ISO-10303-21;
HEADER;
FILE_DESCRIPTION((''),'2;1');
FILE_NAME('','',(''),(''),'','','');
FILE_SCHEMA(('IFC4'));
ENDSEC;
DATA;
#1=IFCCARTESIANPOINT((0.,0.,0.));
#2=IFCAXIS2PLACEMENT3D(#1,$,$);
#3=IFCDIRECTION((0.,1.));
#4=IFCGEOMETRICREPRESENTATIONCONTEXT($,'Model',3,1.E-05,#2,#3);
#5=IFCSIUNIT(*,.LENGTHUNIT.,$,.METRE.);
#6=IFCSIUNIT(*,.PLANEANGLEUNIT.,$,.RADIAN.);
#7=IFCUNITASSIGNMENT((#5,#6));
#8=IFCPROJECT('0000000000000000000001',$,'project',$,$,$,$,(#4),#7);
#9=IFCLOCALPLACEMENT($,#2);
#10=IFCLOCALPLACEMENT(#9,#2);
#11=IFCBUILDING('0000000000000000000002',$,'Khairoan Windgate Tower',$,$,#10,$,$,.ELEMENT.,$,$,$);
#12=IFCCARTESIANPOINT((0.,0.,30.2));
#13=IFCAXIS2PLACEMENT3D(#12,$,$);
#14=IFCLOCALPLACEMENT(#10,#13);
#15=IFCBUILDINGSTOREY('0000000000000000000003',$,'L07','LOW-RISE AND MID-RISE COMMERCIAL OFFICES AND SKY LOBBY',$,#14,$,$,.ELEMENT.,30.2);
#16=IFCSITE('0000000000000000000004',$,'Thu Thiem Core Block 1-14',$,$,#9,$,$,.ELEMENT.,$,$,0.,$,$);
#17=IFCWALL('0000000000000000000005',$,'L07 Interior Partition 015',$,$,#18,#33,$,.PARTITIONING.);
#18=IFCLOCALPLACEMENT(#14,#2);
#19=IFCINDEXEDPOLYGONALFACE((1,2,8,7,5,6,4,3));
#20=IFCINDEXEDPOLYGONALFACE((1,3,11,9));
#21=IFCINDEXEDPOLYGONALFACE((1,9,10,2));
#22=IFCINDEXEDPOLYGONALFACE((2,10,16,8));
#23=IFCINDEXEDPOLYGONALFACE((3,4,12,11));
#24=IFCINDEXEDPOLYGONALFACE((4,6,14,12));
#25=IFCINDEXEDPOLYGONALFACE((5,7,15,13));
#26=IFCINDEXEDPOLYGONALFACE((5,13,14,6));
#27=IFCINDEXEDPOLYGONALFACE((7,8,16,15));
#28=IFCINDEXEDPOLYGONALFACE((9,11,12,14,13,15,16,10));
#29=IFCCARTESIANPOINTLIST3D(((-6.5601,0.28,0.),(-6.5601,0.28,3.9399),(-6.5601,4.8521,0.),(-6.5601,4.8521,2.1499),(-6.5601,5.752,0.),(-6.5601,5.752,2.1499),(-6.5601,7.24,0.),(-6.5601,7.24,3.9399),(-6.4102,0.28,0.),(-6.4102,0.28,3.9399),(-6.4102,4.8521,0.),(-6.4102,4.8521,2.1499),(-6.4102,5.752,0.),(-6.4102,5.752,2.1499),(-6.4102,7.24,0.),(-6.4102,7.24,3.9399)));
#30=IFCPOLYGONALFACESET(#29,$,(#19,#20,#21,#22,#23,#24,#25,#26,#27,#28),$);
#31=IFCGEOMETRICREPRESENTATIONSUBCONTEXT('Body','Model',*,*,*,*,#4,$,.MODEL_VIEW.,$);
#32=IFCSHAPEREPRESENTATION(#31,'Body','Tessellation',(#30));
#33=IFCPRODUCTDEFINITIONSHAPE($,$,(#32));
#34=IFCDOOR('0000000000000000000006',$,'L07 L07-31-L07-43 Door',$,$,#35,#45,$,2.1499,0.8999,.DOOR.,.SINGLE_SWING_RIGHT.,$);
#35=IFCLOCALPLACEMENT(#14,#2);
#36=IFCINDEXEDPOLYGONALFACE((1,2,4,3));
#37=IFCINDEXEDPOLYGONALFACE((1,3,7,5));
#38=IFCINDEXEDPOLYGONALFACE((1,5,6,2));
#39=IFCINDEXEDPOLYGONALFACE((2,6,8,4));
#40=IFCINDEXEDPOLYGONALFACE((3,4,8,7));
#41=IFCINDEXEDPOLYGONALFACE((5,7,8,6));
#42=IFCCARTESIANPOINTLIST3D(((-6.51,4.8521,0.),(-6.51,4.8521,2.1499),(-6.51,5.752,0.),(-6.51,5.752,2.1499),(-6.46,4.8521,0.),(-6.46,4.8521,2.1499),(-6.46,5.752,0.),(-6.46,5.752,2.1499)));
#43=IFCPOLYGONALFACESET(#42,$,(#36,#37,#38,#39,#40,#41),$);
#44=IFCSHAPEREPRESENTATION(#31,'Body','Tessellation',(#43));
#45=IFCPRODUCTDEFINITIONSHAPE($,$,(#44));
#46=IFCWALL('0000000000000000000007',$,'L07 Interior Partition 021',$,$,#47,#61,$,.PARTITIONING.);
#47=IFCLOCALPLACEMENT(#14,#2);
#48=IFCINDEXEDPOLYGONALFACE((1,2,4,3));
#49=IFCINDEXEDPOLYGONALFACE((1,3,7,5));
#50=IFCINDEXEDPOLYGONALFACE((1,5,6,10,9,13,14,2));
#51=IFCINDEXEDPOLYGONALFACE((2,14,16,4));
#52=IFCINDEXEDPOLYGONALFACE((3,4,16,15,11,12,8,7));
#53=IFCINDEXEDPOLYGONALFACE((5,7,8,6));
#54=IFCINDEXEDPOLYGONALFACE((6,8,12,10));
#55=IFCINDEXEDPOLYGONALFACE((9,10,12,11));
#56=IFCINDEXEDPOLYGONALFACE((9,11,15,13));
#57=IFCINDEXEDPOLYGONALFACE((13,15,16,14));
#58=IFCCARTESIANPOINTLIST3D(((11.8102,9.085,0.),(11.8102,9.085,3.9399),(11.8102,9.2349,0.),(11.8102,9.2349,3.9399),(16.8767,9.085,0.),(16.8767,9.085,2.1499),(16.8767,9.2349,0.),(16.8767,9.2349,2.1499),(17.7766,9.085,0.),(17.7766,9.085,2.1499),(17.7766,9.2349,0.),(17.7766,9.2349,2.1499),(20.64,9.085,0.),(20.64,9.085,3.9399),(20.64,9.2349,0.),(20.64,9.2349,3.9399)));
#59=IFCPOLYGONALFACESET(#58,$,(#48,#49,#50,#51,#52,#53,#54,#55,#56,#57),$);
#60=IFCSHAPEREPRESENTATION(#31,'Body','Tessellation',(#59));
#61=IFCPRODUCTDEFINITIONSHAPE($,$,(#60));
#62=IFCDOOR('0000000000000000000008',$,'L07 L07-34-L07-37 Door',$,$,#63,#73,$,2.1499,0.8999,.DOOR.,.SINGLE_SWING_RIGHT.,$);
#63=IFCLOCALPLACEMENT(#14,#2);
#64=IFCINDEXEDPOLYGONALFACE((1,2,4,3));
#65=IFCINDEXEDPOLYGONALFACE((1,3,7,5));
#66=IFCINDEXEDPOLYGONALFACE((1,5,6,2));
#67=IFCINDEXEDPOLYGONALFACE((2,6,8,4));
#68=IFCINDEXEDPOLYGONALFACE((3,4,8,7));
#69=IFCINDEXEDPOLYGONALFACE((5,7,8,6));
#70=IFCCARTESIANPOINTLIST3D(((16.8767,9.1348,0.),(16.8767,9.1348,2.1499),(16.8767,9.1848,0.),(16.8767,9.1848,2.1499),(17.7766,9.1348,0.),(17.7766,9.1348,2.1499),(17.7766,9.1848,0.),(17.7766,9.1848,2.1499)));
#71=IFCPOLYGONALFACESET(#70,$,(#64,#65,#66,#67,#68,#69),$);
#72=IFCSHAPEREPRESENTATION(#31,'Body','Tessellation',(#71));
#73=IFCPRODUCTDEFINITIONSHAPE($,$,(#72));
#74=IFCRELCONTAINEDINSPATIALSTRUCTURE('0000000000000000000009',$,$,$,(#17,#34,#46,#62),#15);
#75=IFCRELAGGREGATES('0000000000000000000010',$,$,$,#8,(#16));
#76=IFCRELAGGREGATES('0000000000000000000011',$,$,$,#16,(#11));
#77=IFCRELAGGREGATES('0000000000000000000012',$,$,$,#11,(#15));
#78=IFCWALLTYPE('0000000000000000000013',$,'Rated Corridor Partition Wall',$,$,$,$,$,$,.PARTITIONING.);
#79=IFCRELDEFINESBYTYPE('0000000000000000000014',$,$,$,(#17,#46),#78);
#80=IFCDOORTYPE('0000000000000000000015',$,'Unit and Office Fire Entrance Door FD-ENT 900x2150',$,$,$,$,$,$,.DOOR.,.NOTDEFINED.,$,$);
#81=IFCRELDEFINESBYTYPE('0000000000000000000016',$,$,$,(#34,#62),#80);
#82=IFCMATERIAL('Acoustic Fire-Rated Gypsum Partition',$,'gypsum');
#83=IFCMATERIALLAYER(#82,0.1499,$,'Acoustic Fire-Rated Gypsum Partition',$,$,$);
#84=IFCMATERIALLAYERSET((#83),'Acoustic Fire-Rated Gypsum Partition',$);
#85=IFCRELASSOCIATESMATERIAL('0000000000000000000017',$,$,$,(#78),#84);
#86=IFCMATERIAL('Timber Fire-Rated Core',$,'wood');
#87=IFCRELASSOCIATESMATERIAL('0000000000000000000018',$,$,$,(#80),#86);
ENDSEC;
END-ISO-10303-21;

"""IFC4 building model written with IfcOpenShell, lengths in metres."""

from ifc_helpers import new_model, si_unit, direction, frame, frame_2d, origin, place, context, subcontext, project, spatial, rectangle, extrude, material, layer, layer_set, type_object, element, fill, save


model = new_model("IFC4")

# Units and contexts
model_context = context("Model", 3, precision=1e-05, world=origin(), true_north=direction((0.0, 1.0)))
body_context = subcontext(model_context, "Body", "Model", "MODEL_VIEW")
ifc_project = project(units=[si_unit("LENGTHUNIT", "METRE"), si_unit("PLANEANGLEUNIT", "RADIAN")], contexts=[model_context])

# Site, building, storey
site_placement = place(None, origin())
site = spatial("IfcSite", under=ifc_project, at=site_placement, Name="Thu Thiem Core Block 1-14", CompositionType="ELEMENT", RefElevation=0.0)
building_placement = place(site_placement, origin())
building = spatial("IfcBuilding", under=site, at=building_placement, Name="Khairoan Windgate Tower", CompositionType="ELEMENT")
storey_placement = place(building_placement, frame((0.0, 0.0, 30.2)))
storey = spatial("IfcBuildingStorey", under=building, at=storey_placement, Name="L07", Description="LOW-RISE AND MID-RISE COMMERCIAL OFFICES AND SKY LOBBY", CompositionType="ELEMENT", Elevation=30.2)

# Walls, openings, doors
ifc_material_1 = material(Name="Acoustic Fire-Rated Gypsum Partition", Category="gypsum")
ifc_layer_1 = layer(ifc_material_1, 0.1499, Name="Acoustic Fire-Rated Gypsum Partition")
ifc_layer_set_1 = layer_set([ifc_layer_1], Name="Acoustic Fire-Rated Gypsum Partition")
wall_type_1 = type_object("IfcWallType", Name="Rated Corridor Partition Wall", PredefinedType="PARTITIONING", material=ifc_layer_set_1)
wall_1_placement = place(storey_placement, frame((-6.4851, 0.28, 0.0), z_axis=(0.0, 0.0, 1.0), x_axis=(0.0, 1.0, 0.0)))
wall_1 = element("IfcWall", 1, at=wall_1_placement, inside=storey, type_object=wall_type_1, Name="L07 Interior Partition 015", PredefinedType="PARTITIONING", context=body_context, shape_type="SweptSolid", body=[
    extrude(rectangle(XDim=6.96, YDim=0.1499, at=frame_2d((3.48, 0.0))), origin(), (0.0, 0.0, 1.0), 3.9399),
])
opening_1_placement = place(wall_1_placement, frame((4.572, 0.0, 0.0)))
opening_1 = element("IfcOpeningElement", 2, at=opening_1_placement, cuts=wall_1, PredefinedType="OPENING", context=body_context, shape_type="SweptSolid", body=[
    extrude(rectangle(XDim=0.8999, YDim=2.1499, at=frame_2d((0.45, 1.075))), frame((0.0, 0.085, 0.0), z_axis=(0.0, -1.0, 0.0), x_axis=(1.0, 0.0, 0.0)), (0.0, 0.0, 1.0), 0.1699),
])
ifc_material_2 = material(Name="Timber Fire-Rated Core", Category="wood")
door_type = type_object("IfcDoorType", Name="Unit and Office Fire Entrance Door FD-ENT 900x2150", OperationType="NOTDEFINED", PredefinedType="DOOR", material=ifc_material_2)
door_1_placement = place(opening_1_placement, origin())
door_1 = element("IfcDoor", 3, at=door_1_placement, inside=storey, type_object=door_type, Name="L07 L07-31-L07-43 Door", OperationType="SINGLE_SWING_RIGHT", OverallHeight=2.1499, OverallWidth=0.8999, PredefinedType="DOOR", context=body_context, shape_type="SweptSolid", body=[
    extrude(rectangle(XDim=0.8999, YDim=2.1499, at=frame_2d((0.45, 1.075))), frame((0.0, 0.0249, 0.0), z_axis=(0.0, -1.0, 0.0), x_axis=(1.0, 0.0, 0.0)), (0.0, 0.0, 1.0), 0.05),
])
fill(opening_1, door_1)
wall_2_placement = place(storey_placement, frame((11.8101, 9.1599, 0.0), z_axis=(0.0, 0.0, 1.0), x_axis=(1.0, 0.0, 0.0)))
wall_2 = element("IfcWall", 4, at=wall_2_placement, inside=storey, type_object=wall_type_1, Name="L07 Interior Partition 021", PredefinedType="PARTITIONING", context=body_context, shape_type="SweptSolid", body=[
    extrude(rectangle(XDim=8.8298, YDim=0.1499, at=frame_2d((4.415, 0.0))), origin(), (0.0, 0.0, 1.0), 3.9399),
])
opening_2_placement = place(wall_2_placement, frame((5.0667, 0.0, 0.0)))
opening_2 = element("IfcOpeningElement", 5, at=opening_2_placement, cuts=wall_2, PredefinedType="OPENING", context=body_context, shape_type="SweptSolid", body=[
    extrude(rectangle(XDim=0.8999, YDim=2.1499, at=frame_2d((0.45, 1.075))), frame((0.0, 0.085, 0.0), z_axis=(0.0, -1.0, 0.0), x_axis=(1.0, 0.0, 0.0)), (0.0, 0.0, 1.0), 0.1699),
])
door_2_placement = place(opening_2_placement, origin())
door_2 = element("IfcDoor", 6, at=door_2_placement, inside=storey, type_object=door_type, Name="L07 L07-34-L07-37 Door", OperationType="SINGLE_SWING_RIGHT", OverallHeight=2.1499, OverallWidth=0.8999, PredefinedType="DOOR", context=body_context, shape_type="SweptSolid", body=[
    extrude(rectangle(XDim=0.8999, YDim=2.1499, at=frame_2d((0.45, 1.075))), frame((0.0, 0.0249, 0.0), z_axis=(0.0, -1.0, 0.0), x_axis=(1.0, 0.0, 0.0)), (0.0, 0.0, 1.0), 0.05),
])
fill(opening_2, door_2)

save(model, "model.ifc")
